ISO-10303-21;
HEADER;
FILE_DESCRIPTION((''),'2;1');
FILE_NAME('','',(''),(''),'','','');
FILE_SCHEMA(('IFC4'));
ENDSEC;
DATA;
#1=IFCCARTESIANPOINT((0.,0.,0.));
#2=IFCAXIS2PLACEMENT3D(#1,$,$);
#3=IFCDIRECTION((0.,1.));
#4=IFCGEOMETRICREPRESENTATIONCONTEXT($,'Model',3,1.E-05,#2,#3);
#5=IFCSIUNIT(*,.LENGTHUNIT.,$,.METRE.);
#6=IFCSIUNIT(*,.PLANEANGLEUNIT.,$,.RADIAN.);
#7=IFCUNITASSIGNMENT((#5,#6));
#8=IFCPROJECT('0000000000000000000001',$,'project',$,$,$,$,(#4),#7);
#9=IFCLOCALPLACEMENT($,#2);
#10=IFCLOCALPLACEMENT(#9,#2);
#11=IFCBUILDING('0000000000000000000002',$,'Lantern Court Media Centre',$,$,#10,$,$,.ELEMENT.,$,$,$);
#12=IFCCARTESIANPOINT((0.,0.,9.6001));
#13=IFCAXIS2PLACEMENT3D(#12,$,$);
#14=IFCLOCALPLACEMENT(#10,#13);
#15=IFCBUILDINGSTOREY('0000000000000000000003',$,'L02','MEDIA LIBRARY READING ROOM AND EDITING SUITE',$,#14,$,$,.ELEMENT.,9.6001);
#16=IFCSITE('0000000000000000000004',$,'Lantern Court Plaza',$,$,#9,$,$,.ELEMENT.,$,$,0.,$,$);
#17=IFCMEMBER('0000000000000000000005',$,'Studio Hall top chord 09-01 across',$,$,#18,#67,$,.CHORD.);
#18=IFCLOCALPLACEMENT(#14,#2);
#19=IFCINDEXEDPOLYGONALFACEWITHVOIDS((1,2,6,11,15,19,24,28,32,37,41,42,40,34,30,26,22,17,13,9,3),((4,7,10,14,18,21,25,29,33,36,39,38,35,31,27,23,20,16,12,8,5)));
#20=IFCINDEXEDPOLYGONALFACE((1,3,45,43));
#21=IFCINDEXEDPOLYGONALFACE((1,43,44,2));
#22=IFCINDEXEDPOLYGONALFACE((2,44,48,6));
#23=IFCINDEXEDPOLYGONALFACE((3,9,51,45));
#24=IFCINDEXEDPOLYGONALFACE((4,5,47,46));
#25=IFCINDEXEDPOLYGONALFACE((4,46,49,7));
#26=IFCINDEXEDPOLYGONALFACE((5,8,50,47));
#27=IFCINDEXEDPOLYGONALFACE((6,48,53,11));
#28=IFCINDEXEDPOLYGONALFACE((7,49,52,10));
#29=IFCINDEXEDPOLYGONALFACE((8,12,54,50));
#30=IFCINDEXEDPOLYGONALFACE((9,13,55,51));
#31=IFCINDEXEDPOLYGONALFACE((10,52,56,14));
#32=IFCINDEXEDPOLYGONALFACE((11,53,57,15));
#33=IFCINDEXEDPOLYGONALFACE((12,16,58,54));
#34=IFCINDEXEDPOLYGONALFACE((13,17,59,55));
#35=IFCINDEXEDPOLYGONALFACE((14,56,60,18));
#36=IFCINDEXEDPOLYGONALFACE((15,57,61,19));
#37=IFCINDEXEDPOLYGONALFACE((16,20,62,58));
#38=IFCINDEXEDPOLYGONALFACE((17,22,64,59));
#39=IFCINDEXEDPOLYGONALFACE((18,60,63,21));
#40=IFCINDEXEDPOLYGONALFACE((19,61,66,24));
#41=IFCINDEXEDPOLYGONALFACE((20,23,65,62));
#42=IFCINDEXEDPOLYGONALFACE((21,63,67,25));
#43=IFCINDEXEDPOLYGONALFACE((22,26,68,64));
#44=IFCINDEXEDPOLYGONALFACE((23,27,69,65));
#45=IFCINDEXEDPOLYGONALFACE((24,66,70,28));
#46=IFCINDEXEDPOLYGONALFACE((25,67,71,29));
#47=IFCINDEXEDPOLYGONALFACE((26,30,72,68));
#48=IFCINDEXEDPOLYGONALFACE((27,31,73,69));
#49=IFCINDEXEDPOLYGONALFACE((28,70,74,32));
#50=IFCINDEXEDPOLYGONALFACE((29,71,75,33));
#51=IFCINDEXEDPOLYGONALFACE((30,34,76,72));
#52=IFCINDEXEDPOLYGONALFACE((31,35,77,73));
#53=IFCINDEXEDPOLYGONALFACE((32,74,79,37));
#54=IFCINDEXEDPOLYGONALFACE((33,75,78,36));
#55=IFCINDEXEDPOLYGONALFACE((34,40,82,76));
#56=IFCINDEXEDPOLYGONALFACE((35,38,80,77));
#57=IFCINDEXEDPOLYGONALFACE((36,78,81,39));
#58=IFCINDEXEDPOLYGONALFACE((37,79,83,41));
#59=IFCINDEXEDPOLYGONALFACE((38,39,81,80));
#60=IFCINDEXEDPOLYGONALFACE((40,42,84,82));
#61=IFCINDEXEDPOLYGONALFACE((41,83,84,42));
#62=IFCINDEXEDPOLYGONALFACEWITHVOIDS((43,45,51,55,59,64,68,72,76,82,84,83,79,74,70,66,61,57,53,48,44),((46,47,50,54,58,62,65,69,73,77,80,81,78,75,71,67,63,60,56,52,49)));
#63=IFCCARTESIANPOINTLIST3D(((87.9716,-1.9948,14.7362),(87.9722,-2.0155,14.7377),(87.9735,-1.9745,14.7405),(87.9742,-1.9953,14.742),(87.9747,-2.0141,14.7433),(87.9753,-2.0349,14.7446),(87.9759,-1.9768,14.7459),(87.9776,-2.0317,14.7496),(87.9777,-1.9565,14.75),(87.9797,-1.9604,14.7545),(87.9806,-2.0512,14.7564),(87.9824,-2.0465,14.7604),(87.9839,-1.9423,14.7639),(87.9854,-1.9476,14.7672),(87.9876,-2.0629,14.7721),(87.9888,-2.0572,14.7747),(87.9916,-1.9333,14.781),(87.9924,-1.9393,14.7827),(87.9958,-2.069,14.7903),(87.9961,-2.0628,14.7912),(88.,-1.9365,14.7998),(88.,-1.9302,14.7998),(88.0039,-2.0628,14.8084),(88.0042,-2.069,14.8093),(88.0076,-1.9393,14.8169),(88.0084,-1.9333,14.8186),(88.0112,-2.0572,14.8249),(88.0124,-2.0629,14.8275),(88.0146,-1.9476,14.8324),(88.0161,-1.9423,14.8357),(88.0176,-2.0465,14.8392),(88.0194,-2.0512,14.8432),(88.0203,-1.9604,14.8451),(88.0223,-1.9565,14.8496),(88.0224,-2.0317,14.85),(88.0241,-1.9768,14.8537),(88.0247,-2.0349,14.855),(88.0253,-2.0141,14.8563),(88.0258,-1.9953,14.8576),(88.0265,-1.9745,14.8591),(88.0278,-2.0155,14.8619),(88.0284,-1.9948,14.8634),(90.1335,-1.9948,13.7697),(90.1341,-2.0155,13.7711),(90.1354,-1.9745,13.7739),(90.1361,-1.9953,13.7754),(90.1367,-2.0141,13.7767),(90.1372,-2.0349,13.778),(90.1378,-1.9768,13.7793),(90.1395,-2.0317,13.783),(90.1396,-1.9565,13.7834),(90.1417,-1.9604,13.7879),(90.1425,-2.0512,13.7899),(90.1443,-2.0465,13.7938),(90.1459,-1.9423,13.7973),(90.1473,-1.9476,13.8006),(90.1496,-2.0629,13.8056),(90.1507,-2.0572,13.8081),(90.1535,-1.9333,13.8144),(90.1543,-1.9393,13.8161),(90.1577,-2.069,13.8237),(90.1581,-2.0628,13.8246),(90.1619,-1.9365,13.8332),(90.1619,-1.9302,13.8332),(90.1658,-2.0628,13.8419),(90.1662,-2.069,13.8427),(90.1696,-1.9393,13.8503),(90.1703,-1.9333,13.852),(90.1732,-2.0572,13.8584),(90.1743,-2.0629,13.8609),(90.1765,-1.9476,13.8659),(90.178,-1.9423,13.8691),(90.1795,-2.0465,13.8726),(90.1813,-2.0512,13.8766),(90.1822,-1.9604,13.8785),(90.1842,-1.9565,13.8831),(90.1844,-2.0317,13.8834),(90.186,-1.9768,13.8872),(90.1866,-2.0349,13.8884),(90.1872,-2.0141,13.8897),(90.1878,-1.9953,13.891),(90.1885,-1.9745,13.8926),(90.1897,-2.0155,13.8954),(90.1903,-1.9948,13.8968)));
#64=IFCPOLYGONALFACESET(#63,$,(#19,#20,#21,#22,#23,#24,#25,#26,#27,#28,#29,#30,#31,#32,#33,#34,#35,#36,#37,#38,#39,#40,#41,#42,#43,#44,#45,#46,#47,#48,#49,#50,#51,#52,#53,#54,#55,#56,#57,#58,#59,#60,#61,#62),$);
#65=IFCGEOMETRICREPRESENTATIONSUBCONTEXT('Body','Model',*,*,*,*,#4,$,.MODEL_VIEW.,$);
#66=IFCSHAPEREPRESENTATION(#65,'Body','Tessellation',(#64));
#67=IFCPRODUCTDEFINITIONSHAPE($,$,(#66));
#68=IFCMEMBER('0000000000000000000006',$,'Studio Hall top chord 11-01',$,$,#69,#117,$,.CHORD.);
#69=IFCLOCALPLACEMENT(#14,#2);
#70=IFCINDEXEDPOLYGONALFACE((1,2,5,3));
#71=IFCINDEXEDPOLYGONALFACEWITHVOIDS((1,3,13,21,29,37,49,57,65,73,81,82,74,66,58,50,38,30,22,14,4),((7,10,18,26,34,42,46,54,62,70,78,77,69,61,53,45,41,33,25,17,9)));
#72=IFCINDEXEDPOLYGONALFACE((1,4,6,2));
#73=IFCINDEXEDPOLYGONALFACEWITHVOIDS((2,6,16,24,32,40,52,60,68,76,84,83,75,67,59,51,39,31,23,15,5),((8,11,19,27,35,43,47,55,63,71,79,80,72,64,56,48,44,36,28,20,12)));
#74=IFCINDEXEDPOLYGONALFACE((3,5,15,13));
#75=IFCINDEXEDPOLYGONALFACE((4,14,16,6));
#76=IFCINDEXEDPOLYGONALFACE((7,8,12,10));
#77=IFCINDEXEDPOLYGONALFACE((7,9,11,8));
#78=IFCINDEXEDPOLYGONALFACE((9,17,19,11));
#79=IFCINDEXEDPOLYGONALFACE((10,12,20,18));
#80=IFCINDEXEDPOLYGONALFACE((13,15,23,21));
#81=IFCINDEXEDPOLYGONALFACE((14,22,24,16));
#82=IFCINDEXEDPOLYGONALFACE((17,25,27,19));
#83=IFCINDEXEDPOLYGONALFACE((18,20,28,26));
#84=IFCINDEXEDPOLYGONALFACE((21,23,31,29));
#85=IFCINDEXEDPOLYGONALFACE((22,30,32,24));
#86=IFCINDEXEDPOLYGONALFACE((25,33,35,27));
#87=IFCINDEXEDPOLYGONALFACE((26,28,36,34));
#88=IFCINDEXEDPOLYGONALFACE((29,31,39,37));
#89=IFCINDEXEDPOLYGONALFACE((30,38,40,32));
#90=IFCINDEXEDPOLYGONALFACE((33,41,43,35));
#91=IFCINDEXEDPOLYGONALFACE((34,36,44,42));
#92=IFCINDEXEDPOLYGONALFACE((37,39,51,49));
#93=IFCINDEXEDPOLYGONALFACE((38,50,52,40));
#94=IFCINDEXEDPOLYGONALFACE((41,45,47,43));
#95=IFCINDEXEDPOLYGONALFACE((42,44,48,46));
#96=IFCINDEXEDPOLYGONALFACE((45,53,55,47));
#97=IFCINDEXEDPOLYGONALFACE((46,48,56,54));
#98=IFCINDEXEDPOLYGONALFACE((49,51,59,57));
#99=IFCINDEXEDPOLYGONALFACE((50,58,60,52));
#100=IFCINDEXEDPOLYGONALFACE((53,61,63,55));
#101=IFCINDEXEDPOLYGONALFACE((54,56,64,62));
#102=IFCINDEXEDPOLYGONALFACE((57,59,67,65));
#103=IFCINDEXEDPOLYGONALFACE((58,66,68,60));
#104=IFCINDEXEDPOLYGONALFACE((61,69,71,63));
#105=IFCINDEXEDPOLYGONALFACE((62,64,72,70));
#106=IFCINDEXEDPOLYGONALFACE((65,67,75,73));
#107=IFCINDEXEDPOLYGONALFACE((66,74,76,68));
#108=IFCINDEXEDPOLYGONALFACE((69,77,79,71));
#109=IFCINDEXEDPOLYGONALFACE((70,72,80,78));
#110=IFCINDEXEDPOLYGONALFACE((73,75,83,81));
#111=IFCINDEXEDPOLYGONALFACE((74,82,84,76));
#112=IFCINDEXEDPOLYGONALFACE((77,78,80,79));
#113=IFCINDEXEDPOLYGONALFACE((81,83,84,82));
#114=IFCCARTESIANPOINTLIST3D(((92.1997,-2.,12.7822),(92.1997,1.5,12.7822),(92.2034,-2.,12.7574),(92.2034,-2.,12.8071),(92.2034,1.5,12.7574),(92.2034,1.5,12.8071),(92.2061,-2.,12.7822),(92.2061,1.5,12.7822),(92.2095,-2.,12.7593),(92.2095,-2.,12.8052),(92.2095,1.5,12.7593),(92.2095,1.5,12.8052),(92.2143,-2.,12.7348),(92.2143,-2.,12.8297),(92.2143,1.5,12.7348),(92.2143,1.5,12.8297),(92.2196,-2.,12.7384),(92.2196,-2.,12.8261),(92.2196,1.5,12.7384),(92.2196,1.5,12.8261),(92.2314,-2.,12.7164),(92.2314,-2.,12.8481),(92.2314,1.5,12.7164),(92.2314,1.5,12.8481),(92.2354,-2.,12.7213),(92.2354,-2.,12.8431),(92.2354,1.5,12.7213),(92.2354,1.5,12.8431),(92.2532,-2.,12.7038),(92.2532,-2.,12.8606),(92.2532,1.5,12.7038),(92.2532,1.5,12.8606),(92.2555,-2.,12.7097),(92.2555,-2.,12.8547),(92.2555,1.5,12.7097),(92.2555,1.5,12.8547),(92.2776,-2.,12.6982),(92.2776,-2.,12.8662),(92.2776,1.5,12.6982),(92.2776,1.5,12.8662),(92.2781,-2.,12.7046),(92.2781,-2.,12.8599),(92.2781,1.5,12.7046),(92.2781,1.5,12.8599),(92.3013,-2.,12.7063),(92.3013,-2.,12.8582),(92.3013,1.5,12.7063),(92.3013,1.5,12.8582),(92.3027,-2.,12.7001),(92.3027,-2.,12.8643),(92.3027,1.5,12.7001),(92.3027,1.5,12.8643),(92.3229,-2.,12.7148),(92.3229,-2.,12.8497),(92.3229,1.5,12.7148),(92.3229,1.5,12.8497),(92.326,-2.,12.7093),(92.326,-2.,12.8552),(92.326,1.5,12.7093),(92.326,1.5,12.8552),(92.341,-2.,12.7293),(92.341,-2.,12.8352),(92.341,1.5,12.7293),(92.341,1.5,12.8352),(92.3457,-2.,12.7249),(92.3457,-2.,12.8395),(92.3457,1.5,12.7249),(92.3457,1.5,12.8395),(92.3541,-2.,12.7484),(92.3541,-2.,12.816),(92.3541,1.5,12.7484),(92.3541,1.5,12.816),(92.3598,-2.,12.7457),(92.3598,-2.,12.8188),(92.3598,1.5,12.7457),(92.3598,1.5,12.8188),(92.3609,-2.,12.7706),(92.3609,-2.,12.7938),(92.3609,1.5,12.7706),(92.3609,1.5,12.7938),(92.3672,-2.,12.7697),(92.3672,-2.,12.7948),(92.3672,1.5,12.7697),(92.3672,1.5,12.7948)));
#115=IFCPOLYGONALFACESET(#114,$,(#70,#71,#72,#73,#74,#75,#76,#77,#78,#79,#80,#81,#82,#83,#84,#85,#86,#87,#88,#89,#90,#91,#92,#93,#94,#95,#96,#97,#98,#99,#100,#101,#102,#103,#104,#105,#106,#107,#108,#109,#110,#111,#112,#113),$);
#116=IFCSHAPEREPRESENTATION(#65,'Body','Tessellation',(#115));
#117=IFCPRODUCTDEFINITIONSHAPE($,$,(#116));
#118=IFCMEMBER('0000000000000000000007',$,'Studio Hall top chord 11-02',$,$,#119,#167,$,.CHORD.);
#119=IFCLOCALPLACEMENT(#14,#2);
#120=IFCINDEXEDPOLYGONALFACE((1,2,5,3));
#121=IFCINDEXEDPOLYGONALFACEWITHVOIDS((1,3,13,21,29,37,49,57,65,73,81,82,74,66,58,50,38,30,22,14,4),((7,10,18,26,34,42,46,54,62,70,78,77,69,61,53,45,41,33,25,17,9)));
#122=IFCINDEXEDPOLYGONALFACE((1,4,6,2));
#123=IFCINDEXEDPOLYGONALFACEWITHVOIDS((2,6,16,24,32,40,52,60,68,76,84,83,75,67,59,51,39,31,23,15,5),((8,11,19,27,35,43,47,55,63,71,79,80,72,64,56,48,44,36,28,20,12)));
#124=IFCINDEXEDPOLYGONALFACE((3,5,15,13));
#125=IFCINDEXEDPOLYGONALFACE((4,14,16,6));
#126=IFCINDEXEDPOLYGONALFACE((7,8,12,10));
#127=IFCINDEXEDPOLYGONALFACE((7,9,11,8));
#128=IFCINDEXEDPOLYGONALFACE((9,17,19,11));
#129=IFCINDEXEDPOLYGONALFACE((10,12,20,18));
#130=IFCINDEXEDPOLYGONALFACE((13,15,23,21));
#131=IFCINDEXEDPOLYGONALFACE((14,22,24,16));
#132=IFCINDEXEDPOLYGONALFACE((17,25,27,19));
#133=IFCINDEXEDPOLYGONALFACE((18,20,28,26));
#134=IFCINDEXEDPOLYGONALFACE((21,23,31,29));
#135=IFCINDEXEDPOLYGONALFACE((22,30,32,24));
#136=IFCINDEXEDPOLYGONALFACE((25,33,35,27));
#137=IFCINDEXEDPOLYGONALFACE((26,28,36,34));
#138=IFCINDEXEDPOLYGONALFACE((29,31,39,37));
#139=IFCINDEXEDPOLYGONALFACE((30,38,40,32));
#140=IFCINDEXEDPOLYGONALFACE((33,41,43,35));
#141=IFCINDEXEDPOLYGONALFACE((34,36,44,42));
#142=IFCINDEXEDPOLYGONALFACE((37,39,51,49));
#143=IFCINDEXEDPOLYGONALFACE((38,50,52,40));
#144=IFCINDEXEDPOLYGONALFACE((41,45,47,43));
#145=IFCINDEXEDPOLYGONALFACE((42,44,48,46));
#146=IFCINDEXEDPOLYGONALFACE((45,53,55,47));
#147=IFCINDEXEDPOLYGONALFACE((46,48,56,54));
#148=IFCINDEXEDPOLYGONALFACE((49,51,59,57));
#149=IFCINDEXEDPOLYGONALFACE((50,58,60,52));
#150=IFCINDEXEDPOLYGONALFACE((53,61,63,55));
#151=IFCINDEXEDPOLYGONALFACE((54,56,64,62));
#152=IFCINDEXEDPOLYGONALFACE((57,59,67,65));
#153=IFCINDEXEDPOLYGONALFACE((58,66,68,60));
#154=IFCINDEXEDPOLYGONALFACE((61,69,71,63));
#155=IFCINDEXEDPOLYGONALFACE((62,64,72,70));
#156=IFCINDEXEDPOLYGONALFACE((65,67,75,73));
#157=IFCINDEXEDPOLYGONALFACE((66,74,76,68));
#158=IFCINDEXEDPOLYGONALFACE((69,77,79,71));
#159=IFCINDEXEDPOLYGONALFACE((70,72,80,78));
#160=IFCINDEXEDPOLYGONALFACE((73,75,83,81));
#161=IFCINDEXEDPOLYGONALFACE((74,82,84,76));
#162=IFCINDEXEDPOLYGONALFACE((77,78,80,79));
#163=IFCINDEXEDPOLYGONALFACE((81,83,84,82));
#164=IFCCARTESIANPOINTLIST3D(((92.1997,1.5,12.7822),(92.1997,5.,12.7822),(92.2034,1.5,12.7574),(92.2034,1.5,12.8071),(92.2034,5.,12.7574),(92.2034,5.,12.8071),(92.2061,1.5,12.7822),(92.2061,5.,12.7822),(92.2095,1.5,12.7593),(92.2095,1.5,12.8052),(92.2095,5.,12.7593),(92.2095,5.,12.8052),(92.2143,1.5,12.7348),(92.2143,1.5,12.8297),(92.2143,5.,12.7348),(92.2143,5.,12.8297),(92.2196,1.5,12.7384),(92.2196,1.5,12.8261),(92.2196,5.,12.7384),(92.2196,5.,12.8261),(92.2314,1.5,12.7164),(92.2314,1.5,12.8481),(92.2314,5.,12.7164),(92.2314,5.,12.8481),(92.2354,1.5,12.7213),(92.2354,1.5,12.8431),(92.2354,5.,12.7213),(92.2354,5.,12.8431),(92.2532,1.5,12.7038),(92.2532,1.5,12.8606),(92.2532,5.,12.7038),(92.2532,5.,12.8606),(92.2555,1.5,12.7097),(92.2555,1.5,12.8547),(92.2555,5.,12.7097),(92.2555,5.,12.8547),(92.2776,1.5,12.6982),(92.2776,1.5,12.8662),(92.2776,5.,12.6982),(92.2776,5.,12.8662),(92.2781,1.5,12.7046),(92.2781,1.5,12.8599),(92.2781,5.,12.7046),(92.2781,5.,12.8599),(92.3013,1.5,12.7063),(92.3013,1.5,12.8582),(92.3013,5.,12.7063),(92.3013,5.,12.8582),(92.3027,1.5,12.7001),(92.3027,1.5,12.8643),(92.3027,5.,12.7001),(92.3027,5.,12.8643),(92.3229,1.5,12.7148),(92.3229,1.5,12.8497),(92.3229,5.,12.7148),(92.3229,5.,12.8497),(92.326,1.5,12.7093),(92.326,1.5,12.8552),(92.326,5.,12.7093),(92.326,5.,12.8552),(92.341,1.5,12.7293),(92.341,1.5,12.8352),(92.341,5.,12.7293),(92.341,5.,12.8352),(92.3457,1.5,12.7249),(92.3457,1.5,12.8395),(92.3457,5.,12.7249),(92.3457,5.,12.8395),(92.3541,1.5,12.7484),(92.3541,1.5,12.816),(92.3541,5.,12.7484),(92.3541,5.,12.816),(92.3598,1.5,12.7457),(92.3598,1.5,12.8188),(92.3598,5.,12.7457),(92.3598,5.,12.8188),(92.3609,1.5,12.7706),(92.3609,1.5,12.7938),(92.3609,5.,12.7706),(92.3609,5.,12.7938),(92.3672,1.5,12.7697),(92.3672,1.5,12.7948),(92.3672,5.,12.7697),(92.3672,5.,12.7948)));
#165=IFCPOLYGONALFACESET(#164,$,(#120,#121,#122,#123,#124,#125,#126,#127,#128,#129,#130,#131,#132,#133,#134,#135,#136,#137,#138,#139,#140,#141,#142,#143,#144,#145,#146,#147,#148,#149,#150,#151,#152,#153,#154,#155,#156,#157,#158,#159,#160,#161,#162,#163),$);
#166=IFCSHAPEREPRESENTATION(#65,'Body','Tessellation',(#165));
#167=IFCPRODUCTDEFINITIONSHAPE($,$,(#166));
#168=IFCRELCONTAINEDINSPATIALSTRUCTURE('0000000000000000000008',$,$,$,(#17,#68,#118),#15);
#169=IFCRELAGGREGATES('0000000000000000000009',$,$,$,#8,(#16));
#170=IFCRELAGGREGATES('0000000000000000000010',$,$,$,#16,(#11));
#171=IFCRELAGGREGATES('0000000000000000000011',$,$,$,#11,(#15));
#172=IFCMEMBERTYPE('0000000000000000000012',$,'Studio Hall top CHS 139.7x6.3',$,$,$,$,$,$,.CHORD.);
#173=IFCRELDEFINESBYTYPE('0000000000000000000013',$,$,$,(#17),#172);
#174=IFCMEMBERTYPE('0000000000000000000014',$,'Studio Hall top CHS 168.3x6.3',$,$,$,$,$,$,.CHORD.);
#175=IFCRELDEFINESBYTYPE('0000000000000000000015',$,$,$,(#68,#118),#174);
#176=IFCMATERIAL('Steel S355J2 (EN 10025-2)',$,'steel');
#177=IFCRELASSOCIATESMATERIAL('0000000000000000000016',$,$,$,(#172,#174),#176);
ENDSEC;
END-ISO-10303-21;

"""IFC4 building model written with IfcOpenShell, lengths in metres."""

from ifc_helpers import new_model, si_unit, direction, frame, origin, origin_2d, place, context, subcontext, project, spatial, hollow_circle, extrude, material, material_profile, profile_set, type_object, element, save


model = new_model("IFC4")

# Units and contexts
model_context = context("Model", 3, precision=1e-05, world=origin(), true_north=direction((0.0, 1.0)))
body_context = subcontext(model_context, "Body", "Model", "MODEL_VIEW")
ifc_project = project(units=[si_unit("LENGTHUNIT", "METRE"), si_unit("PLANEANGLEUNIT", "RADIAN")], contexts=[model_context])

# Site, building, storey
site_placement = place(None, origin())
site = spatial("IfcSite", under=ifc_project, at=site_placement, Name="Lantern Court Plaza", CompositionType="ELEMENT", RefElevation=0.0)
building_placement = place(site_placement, origin())
building = spatial("IfcBuilding", under=site, at=building_placement, Name="Lantern Court Media Centre", CompositionType="ELEMENT")
storey_placement = place(building_placement, frame((0.0, 0.0, 9.6001)))
storey = spatial("IfcBuildingStorey", under=building, at=storey_placement, Name="L02", Description="MEDIA LIBRARY READING ROOM AND EDITING SUITE", CompositionType="ELEMENT", Elevation=9.6001)

# Members
ifc_material = material(Name="Steel S355J2 (EN 10025-2)", Category="steel")
ifc_material_profile_1 = material_profile(ifc_material, hollow_circle(Radius=0.0698, WallThickness=0.0063, at=origin_2d()), Name="Studio Hall top CHS 139.7x6.3")
ifc_profile_set_1 = profile_set([ifc_material_profile_1], Name="Steel S355J2 (EN 10025-2)")
member_type_1 = type_object("IfcMemberType", Name="Studio Hall top CHS 139.7x6.3", PredefinedType="CHORD", material=ifc_profile_set_1)
for number, where, z_axis, x_axis, name in (
    (1, (88.0, -2.0, 14.7998), (0.912912, 0.0, -0.408156), (0.0, 1.0, 0.0), "Studio Hall top chord 09-01 across"),
):
    element("IfcMember", number, at=place(storey_placement, frame(where, z_axis=z_axis, x_axis=x_axis)), inside=storey, type_object=member_type_1, Name=name, PredefinedType="CHORD", context=body_context, shape_type="SweptSolid", body=[
        extrude(hollow_circle(Radius=0.0698, WallThickness=0.0063, at=origin_2d()), origin(), (0.0, 0.0, 1.0), 2.3682),
    ])
ifc_material_profile_2 = material_profile(ifc_material, hollow_circle(Radius=0.0842, WallThickness=0.0063, at=origin_2d()), Name="Studio Hall top CHS 168.3x6.3")
ifc_profile_set_2 = profile_set([ifc_material_profile_2], Name="Steel S355J2 (EN 10025-2)")
member_type_2 = type_object("IfcMemberType", Name="Studio Hall top CHS 168.3x6.3", PredefinedType="CHORD", material=ifc_profile_set_2)
for number, where, z_axis, x_axis, name in (
    (2, (92.2839, -2.0, 12.7822), (0.0, 1.0, 0.0), (-1.0, 0.0, 0.0), "Studio Hall top chord 11-01"),
    (3, (92.2839, 1.5, 12.7822), (0.0, 1.0, 0.0), (-1.0, 0.0, 0.0), "Studio Hall top chord 11-02"),
):
    element("IfcMember", number, at=place(storey_placement, frame(where, z_axis=z_axis, x_axis=x_axis)), inside=storey, type_object=member_type_2, Name=name, PredefinedType="CHORD", context=body_context, shape_type="SweptSolid", body=[
        extrude(hollow_circle(Radius=0.0842, WallThickness=0.0063, at=origin_2d()), origin(), (0.0, 0.0, 1.0), 3.5),
    ])

save(model, "model.ifc")
